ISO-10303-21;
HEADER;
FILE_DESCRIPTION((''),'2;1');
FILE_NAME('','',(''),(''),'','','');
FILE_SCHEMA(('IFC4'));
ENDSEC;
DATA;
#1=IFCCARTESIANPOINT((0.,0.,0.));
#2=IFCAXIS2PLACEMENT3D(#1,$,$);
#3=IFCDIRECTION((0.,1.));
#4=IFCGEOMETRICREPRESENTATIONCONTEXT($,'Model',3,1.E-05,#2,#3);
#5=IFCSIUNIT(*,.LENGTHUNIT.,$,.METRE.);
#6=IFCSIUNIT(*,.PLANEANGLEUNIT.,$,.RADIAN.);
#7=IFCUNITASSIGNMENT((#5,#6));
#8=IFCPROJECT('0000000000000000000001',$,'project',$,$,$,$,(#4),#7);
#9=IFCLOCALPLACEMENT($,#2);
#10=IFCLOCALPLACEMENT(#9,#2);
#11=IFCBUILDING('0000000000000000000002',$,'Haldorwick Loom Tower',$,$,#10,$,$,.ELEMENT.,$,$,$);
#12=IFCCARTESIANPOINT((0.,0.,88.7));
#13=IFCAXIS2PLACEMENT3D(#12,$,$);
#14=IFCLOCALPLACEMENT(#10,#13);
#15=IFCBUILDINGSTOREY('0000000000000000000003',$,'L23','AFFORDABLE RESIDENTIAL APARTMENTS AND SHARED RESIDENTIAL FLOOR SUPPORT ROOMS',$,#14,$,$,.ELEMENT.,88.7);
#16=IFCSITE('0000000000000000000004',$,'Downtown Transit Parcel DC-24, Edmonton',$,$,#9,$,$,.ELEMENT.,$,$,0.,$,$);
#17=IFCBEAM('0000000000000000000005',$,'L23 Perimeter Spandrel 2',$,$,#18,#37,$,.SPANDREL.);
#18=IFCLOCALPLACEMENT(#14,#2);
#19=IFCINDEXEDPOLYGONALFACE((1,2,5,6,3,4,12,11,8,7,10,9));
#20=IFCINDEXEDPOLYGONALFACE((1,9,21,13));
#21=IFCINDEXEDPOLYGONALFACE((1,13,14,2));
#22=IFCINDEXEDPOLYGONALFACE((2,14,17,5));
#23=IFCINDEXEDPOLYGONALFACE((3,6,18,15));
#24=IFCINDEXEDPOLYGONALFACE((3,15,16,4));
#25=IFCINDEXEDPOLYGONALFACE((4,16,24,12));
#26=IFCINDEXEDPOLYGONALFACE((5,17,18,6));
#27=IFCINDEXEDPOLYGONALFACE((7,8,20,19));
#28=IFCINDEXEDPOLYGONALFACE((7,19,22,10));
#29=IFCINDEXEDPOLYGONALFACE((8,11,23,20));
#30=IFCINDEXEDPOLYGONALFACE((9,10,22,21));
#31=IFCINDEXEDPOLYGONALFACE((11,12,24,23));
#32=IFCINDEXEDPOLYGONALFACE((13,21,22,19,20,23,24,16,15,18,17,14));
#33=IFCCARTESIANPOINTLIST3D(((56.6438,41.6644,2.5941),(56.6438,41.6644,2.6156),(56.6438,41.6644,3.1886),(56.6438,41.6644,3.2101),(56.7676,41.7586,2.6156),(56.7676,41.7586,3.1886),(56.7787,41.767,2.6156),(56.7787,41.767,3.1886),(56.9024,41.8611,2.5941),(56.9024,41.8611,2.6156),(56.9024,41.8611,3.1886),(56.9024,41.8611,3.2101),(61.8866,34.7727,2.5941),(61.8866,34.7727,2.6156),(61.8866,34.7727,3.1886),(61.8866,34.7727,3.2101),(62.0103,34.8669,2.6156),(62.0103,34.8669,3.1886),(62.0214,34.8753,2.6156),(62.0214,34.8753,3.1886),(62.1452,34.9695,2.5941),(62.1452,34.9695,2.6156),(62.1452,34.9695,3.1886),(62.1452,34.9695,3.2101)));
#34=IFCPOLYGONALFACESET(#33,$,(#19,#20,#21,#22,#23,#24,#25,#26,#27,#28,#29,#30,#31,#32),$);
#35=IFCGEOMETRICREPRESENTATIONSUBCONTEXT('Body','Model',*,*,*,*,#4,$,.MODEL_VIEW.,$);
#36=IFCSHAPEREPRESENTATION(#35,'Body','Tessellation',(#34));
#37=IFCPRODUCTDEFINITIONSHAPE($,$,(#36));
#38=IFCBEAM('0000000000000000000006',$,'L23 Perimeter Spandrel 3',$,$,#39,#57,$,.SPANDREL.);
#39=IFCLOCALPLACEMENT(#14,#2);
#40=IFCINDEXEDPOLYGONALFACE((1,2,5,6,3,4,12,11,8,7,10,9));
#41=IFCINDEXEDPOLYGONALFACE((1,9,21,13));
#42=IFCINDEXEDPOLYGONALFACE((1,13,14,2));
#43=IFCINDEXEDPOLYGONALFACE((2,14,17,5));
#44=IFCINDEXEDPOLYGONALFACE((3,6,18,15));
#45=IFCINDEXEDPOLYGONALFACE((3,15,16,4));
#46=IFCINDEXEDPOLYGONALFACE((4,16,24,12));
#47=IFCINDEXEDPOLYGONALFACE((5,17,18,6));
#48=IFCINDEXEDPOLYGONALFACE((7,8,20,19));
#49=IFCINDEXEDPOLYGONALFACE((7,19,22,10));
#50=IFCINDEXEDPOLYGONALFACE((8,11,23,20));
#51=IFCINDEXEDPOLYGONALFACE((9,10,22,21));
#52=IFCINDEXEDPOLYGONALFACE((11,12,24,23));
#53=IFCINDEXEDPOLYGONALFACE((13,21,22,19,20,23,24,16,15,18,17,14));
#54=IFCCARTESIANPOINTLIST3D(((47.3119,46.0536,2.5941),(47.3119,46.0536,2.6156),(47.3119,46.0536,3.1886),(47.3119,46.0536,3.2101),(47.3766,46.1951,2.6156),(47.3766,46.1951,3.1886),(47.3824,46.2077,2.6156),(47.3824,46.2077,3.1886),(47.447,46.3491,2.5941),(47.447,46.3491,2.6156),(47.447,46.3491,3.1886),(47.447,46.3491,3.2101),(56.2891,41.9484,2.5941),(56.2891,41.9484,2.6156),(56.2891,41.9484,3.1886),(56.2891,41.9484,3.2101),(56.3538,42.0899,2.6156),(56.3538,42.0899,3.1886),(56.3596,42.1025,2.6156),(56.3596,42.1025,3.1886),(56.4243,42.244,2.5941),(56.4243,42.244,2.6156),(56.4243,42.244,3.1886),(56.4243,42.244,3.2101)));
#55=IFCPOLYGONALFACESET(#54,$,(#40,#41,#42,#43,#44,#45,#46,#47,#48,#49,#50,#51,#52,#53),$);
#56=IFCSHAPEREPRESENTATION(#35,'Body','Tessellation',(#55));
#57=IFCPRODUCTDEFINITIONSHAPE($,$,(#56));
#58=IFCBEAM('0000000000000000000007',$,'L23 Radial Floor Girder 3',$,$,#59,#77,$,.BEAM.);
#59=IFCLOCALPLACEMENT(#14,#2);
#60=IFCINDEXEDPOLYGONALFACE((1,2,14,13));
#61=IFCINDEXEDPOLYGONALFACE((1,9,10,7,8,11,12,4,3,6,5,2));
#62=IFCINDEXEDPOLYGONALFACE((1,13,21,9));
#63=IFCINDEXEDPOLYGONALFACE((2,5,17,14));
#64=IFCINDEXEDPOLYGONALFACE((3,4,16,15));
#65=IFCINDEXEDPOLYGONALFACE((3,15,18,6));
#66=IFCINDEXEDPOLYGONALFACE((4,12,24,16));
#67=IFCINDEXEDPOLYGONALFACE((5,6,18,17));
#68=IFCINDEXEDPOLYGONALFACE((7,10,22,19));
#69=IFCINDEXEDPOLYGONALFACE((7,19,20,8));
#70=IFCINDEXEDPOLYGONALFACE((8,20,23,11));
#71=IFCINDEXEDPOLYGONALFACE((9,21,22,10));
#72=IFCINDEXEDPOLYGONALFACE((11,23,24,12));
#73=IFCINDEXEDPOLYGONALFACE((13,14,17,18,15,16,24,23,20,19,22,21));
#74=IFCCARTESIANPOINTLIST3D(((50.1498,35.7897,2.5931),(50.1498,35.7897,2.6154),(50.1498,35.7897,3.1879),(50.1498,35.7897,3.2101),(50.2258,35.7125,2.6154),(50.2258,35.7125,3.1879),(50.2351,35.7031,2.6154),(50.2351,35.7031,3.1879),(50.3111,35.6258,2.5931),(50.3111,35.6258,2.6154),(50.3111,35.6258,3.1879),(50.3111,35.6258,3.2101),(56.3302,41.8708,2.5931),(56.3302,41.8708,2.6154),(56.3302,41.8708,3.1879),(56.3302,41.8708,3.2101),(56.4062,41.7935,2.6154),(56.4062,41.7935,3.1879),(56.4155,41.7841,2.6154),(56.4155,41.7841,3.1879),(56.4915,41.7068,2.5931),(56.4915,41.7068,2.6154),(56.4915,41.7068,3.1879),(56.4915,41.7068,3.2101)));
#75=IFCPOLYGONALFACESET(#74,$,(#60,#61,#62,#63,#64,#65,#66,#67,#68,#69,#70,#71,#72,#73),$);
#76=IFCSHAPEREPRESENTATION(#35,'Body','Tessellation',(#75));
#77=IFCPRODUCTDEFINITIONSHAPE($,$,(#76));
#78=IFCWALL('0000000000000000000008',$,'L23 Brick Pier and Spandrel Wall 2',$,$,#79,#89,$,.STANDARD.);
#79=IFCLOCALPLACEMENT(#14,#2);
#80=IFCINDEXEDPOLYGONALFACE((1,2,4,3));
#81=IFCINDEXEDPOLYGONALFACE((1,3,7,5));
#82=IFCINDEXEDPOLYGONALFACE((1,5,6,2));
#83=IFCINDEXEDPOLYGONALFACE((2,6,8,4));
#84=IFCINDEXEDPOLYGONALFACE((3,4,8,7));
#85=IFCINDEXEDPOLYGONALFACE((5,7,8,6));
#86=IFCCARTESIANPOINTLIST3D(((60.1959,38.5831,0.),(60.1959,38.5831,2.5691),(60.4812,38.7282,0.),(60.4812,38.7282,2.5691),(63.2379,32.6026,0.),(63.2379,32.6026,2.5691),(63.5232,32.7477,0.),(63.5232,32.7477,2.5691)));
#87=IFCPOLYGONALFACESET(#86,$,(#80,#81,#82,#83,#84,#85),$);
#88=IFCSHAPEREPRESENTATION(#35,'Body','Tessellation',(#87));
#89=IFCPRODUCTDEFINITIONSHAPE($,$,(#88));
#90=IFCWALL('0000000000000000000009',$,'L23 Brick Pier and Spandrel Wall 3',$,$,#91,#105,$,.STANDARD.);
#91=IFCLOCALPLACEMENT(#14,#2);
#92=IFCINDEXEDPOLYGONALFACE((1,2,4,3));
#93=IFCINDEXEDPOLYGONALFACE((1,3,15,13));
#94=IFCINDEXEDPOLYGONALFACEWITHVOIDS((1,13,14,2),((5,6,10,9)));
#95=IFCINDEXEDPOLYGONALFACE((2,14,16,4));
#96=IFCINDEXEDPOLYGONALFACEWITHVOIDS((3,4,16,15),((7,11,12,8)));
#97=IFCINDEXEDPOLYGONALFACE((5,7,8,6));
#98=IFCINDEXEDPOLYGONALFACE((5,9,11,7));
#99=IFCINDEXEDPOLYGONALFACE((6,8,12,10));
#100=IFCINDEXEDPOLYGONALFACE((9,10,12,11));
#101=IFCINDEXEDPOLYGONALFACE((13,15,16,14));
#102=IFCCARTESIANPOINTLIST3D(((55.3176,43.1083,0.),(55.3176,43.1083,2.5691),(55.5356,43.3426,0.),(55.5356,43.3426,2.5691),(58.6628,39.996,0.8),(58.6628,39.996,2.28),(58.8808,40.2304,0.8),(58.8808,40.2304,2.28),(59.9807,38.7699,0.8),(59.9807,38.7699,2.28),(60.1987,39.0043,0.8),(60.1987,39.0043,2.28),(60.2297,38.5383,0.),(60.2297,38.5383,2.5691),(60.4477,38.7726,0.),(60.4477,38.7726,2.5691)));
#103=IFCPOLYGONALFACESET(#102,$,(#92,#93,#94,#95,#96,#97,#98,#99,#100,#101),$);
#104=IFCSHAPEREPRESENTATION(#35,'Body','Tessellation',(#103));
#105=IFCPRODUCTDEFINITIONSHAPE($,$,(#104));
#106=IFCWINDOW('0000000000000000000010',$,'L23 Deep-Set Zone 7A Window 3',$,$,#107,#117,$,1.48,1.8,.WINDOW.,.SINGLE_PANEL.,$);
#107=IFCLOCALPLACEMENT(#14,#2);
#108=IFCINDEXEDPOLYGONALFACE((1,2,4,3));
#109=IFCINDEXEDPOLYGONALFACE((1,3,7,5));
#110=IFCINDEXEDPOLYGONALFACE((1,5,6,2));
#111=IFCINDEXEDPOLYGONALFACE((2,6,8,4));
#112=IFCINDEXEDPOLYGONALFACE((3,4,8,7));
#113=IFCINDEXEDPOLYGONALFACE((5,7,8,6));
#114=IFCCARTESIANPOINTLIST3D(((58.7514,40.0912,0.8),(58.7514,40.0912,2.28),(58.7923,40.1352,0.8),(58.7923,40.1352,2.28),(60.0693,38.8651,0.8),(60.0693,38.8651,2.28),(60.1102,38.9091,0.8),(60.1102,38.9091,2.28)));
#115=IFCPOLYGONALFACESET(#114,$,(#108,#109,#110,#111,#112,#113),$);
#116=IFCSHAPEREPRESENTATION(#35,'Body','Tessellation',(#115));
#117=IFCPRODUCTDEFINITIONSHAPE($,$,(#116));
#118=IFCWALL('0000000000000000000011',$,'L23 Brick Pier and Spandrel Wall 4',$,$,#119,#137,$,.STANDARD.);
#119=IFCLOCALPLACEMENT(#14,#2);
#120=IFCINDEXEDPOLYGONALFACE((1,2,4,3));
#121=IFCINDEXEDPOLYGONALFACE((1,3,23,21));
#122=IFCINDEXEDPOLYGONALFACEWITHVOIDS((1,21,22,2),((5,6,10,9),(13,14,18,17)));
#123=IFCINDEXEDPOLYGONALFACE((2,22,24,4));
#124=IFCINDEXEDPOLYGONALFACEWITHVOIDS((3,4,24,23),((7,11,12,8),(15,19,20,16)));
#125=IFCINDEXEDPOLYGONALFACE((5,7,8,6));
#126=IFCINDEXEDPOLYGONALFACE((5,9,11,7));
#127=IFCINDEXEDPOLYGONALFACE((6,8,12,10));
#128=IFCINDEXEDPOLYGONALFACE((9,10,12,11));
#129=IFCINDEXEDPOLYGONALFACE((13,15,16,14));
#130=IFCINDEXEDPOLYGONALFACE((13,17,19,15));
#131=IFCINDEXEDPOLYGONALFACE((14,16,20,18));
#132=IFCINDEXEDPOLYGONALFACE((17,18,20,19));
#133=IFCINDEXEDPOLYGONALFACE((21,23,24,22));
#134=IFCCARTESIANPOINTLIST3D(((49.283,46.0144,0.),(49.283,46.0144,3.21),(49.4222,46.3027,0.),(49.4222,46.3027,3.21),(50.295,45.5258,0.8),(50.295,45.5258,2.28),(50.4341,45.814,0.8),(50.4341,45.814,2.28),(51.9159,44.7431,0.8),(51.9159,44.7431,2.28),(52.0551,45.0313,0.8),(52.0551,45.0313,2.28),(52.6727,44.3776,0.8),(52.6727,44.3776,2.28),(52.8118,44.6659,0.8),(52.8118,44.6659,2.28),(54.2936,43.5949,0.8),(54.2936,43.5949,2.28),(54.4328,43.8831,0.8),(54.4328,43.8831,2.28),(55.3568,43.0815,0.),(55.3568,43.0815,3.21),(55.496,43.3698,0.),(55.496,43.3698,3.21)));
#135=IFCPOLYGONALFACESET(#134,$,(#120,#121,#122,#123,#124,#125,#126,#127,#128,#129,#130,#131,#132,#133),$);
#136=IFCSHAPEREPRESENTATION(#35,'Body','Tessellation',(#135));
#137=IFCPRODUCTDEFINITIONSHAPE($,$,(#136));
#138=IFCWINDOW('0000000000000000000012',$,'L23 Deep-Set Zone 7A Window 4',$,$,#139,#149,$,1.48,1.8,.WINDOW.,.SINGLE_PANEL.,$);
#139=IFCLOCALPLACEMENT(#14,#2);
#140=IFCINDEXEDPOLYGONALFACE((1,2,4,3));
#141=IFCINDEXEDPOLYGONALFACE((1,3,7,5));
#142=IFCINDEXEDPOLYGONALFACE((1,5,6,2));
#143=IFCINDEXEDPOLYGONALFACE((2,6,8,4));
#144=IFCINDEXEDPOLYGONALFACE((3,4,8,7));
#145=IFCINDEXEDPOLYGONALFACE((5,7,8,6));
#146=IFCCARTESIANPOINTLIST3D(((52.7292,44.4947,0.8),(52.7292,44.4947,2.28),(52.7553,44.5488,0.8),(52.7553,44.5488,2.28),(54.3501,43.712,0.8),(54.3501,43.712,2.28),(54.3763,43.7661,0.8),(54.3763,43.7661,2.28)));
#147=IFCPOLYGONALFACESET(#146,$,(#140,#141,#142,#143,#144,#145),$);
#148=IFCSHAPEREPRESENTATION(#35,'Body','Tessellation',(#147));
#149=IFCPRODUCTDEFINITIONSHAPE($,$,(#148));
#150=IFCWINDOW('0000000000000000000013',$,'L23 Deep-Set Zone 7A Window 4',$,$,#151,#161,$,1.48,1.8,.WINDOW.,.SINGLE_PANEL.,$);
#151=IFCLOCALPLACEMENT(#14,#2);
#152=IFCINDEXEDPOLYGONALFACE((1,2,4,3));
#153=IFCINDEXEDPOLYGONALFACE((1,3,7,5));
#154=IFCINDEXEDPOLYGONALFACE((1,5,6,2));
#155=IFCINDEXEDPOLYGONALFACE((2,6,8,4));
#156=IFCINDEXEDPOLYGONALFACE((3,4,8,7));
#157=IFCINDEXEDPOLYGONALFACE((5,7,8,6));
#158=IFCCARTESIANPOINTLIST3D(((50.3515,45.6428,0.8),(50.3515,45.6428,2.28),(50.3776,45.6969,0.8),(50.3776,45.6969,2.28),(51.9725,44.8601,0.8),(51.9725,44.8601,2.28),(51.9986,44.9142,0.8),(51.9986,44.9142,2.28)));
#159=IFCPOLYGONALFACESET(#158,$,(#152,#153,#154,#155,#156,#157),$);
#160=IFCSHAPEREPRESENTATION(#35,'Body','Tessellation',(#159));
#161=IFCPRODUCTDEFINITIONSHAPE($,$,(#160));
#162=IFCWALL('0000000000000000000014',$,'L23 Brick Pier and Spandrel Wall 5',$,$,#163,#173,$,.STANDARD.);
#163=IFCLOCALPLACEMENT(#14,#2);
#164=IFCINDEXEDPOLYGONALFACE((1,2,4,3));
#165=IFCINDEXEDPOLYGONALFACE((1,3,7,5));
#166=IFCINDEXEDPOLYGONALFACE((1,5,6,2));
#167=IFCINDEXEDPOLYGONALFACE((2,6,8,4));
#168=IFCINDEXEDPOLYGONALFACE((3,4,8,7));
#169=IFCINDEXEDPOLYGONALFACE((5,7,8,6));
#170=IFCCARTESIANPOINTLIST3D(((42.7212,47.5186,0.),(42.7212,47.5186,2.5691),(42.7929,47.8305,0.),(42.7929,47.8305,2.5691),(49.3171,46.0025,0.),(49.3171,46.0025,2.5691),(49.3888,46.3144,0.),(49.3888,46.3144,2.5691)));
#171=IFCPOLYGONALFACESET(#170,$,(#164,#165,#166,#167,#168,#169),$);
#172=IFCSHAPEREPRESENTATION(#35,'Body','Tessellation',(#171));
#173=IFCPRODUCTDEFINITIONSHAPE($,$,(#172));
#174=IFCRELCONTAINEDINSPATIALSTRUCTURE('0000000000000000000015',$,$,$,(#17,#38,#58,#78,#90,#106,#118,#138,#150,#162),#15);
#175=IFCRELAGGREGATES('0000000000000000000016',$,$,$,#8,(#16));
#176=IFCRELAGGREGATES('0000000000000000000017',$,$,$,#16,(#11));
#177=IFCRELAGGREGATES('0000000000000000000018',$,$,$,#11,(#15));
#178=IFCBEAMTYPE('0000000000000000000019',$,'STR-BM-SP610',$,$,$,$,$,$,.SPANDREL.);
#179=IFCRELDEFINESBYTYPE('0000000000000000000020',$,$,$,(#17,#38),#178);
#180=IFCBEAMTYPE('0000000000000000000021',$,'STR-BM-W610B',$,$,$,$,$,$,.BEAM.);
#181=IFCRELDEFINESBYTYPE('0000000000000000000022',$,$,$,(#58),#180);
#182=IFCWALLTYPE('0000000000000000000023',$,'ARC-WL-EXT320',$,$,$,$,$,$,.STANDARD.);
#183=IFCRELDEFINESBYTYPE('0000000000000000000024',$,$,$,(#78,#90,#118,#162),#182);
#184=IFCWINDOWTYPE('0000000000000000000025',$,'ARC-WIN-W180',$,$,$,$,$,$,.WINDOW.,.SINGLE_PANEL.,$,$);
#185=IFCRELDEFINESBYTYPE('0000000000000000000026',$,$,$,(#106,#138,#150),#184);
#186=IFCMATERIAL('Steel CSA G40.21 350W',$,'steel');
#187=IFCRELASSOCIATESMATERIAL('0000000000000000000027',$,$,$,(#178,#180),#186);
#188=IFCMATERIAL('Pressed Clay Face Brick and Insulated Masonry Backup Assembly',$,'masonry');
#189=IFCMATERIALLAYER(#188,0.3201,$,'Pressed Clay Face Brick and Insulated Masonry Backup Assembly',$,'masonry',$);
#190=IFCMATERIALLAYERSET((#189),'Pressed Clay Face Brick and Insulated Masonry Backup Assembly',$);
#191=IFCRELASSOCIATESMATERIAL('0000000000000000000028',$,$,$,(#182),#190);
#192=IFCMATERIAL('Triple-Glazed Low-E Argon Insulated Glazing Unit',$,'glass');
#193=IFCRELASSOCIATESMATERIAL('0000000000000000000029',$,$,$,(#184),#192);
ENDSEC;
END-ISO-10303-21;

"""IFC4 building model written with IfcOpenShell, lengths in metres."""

from ifc_helpers import new_model, si_unit, direction, frame, frame_2d, origin, origin_2d, place, context, subcontext, project, spatial, rectangle, i_section, extrude, material, layer, layer_set, material_profile, profile_set, type_object, element, fill, save


model = new_model("IFC4")

# Units and contexts
model_context = context("Model", 3, precision=1e-05, world=origin(), true_north=direction((0.0, 1.0)))
body_context = subcontext(model_context, "Body", "Model", "MODEL_VIEW")
ifc_project = project(units=[si_unit("LENGTHUNIT", "METRE"), si_unit("PLANEANGLEUNIT", "RADIAN")], contexts=[model_context])

# Site, building, storey
site_placement = place(None, origin())
site = spatial("IfcSite", under=ifc_project, at=site_placement, Name="Downtown Transit Parcel DC-24, Edmonton", CompositionType="ELEMENT", RefElevation=0.0)
building_placement = place(site_placement, origin())
building = spatial("IfcBuilding", under=site, at=building_placement, Name="Haldorwick Loom Tower", CompositionType="ELEMENT")
storey_placement = place(building_placement, frame((0.0, 0.0, 88.7)))
storey = spatial("IfcBuildingStorey", under=building, at=storey_placement, Name="L23", Description="AFFORDABLE RESIDENTIAL APARTMENTS AND SHARED RESIDENTIAL FLOOR SUPPORT ROOMS", CompositionType="ELEMENT", Elevation=88.7)

# Beams
ifc_material_1 = material(Name="Steel CSA G40.21 350W", Category="steel")
ifc_material_profile_1 = material_profile(ifc_material_1, i_section(OverallWidth=0.325, OverallDepth=0.616, WebThickness=0.0139, FlangeThickness=0.0215, at=origin_2d()), Name="W610X174", Category="steel")
ifc_profile_set_1 = profile_set([ifc_material_profile_1], Name="Steel CSA G40.21 350W")
beam_type_1 = type_object("IfcBeamType", Name="STR-BM-SP610", PredefinedType="SPANDREL", material=ifc_profile_set_1)
beam_1_placement = place(storey_placement, frame((62.0159, 34.8711, 2.9021), z_axis=(-0.605454, 0.795881, 0.0), x_axis=(-0.795881, -0.605454, 0.0)))
element("IfcBeam", 1, at=beam_1_placement, inside=storey, type_object=beam_type_1, Name="L23 Perimeter Spandrel 2", PredefinedType="SPANDREL", context=body_context, shape_type="SweptSolid", body=[
    extrude(i_section(OverallWidth=0.325, OverallDepth=0.616, WebThickness=0.0139, FlangeThickness=0.0215, at=origin_2d()), origin(), (0.0, 0.0, 1.0), 8.6592),
])
beam_2_placement = place(storey_placement, frame((56.3567, 42.0962, 2.9021), z_axis=(-0.909424, 0.41587, 0.0), x_axis=(-0.41587, -0.909424, 0.0)))
element("IfcBeam", 2, at=beam_2_placement, inside=storey, type_object=beam_type_1, Name="L23 Perimeter Spandrel 3", PredefinedType="SPANDREL", context=body_context, shape_type="SweptSolid", body=[
    extrude(i_section(OverallWidth=0.325, OverallDepth=0.616, WebThickness=0.0139, FlangeThickness=0.0215, at=origin_2d()), origin(), (0.0, 0.0, 1.0), 9.8713),
])
ifc_material_profile_2 = material_profile(ifc_material_1, i_section(OverallWidth=0.23, OverallDepth=0.6169, WebThickness=0.0132, FlangeThickness=0.0222, at=origin_2d()), Name="W610X140", Category="steel")
ifc_profile_set_2 = profile_set([ifc_material_profile_2], Name="Steel CSA G40.21 350W")
beam_type_2 = type_object("IfcBeamType", Name="STR-BM-W610B", PredefinedType="BEAM", material=ifc_profile_set_2)
beam_3_placement = place(storey_placement, frame((50.2305, 35.7078, 2.9016), z_axis=(0.712814, 0.701353, 0.0), x_axis=(-0.701353, 0.712814, 0.0)))
element("IfcBeam", 3, at=beam_3_placement, inside=storey, type_object=beam_type_2, Name="L23 Radial Floor Girder 3", PredefinedType="BEAM", context=body_context, shape_type="SweptSolid", body=[
    extrude(i_section(OverallWidth=0.23, OverallDepth=0.6169, WebThickness=0.0132, FlangeThickness=0.0222, at=origin_2d()), origin(), (0.0, 0.0, 1.0), 8.6704),
])

# Wall
ifc_material_2 = material(Name="Pressed Clay Face Brick and Insulated Masonry Backup Assembly", Category="masonry")
ifc_layer_1 = layer(ifc_material_2, 0.3201, Name="Pressed Clay Face Brick and Insulated Masonry Backup Assembly", Category="masonry")
ifc_layer_set_1 = layer_set([ifc_layer_1], Name="Pressed Clay Face Brick and Insulated Masonry Backup Assembly")
wall_type_1 = type_object("IfcWallType", Name="ARC-WL-EXT320", PredefinedType="STANDARD", material=ifc_layer_set_1)
wall_1_placement = place(storey_placement, frame((63.3806, 32.675, 0.0), z_axis=(0.0, 0.0, 1.0), x_axis=(-0.453374, 0.89132, 0.0)))
element("IfcWall", 4, at=wall_1_placement, inside=storey, type_object=wall_type_1, Name="L23 Brick Pier and Spandrel Wall 2", PredefinedType="STANDARD", context=body_context, shape_type="SweptSolid", body=[
    extrude(rectangle(XDim=6.7097, YDim=0.3201, at=frame_2d((3.355, 0.0))), origin(), (0.0, 0.0, 1.0), 2.5691),
])

# Wall, opening, window
wall_2_placement = place(storey_placement, frame((60.3386, 38.6555, 0.0), z_axis=(0.0, 0.0, 1.0), x_axis=(-0.732137, 0.681157, 0.0)))
wall_2 = element("IfcWall", 5, at=wall_2_placement, inside=storey, type_object=wall_type_1, Name="L23 Brick Pier and Spandrel Wall 3", PredefinedType="STANDARD", context=body_context, shape_type="SweptSolid", body=[
    extrude(rectangle(XDim=6.7092, YDim=0.3201, at=frame_2d((3.3545, 0.0))), origin(), (0.0, 0.0, 1.0), 2.5691),
])
opening_1_placement = place(wall_2_placement, frame((0.3401, 0.0, 0.8)))
opening_1 = element("IfcOpeningElement", 6, at=opening_1_placement, cuts=wall_2, PredefinedType="OPENING", context=body_context, shape_type="SweptSolid", body=[
    extrude(rectangle(XDim=1.8, YDim=1.48, at=frame_2d((0.8999, 0.74))), frame((0.0, 0.1699, 0.0), z_axis=(0.0, -1.0, 0.0), x_axis=(1.0, 0.0, 0.0)), (0.0, 0.0, 1.0), 0.3401),
])
ifc_material_3 = material(Name="Triple-Glazed Low-E Argon Insulated Glazing Unit", Category="glass")
window_type = type_object("IfcWindowType", Name="ARC-WIN-W180", PartitioningType="SINGLE_PANEL", PredefinedType="WINDOW", material=ifc_material_3)
window_1_placement = place(opening_1_placement, origin())
window_1 = element("IfcWindow", 7, at=window_1_placement, inside=storey, type_object=window_type, Name="L23 Deep-Set Zone 7A Window 3", OverallHeight=1.48, OverallWidth=1.8, PartitioningType="SINGLE_PANEL", PredefinedType="WINDOW", context=body_context, shape_type="SweptSolid", body=[
    extrude(rectangle(XDim=1.8, YDim=1.48, at=frame_2d((0.8999, 0.74))), frame((0.0, 0.03, 0.0), z_axis=(0.0, -1.0, 0.0), x_axis=(1.0, 0.0, 0.0)), (0.0, 0.0, 1.0), 0.0601),
])
fill(opening_1, window_1)

# Wall, openings, windows
wall_3_placement = place(storey_placement, frame((55.4265, 43.2256, 0.0), z_axis=(0.0, 0.0, 1.0), x_axis=(-0.90051, 0.434835, 0.0)))
wall_3 = element("IfcWall", 8, at=wall_3_placement, inside=storey, type_object=wall_type_1, Name="L23 Brick Pier and Spandrel Wall 4", PredefinedType="STANDARD", context=body_context, shape_type="SweptSolid", body=[
    extrude(rectangle(XDim=6.7449, YDim=0.3201, at=frame_2d((3.3726, 0.0))), origin(), (0.0, 0.0, 1.0), 3.21),
])
opening_2_placement = place(wall_3_placement, frame((1.1809, 0.0, 0.8)))
opening_2 = element("IfcOpeningElement", 9, at=opening_2_placement, cuts=wall_3, PredefinedType="OPENING", context=body_context, shape_type="SweptSolid", body=[
    extrude(rectangle(XDim=1.8, YDim=1.48, at=frame_2d((0.8999, 0.74))), frame((0.0, 0.1699, 0.0), z_axis=(0.0, -1.0, 0.0), x_axis=(1.0, 0.0, 0.0)), (0.0, 0.0, 1.0), 0.3401),
])
opening_3_placement = place(wall_3_placement, frame((3.8213, 0.0, 0.8)))
opening_3 = element("IfcOpeningElement", 10, at=opening_3_placement, cuts=wall_3, PredefinedType="OPENING", context=body_context, shape_type="SweptSolid", body=[
    extrude(rectangle(XDim=1.8, YDim=1.48, at=frame_2d((0.8999, 0.74))), frame((0.0, 0.1699, 0.0), z_axis=(0.0, -1.0, 0.0), x_axis=(1.0, 0.0, 0.0)), (0.0, 0.0, 1.0), 0.3401),
])
window_2_placement = place(opening_2_placement, origin())
window_2 = element("IfcWindow", 11, at=window_2_placement, inside=storey, type_object=window_type, Name="L23 Deep-Set Zone 7A Window 4", OverallHeight=1.48, OverallWidth=1.8, PartitioningType="SINGLE_PANEL", PredefinedType="WINDOW", context=body_context, shape_type="SweptSolid", body=[
    extrude(rectangle(XDim=1.8, YDim=1.48, at=frame_2d((0.8999, 0.74))), frame((0.0, 0.03, 0.0), z_axis=(0.0, -1.0, 0.0), x_axis=(1.0, 0.0, 0.0)), (0.0, 0.0, 1.0), 0.0601),
])
fill(opening_2, window_2)
window_3_placement = place(opening_3_placement, origin())
window_3 = element("IfcWindow", 12, at=window_3_placement, inside=storey, type_object=window_type, Name="L23 Deep-Set Zone 7A Window 4", OverallHeight=1.48, OverallWidth=1.8, PartitioningType="SINGLE_PANEL", PredefinedType="WINDOW", context=body_context, shape_type="SweptSolid", body=[
    extrude(rectangle(XDim=1.8, YDim=1.48, at=frame_2d((0.8999, 0.74))), frame((0.0, 0.03, 0.0), z_axis=(0.0, -1.0, 0.0), x_axis=(1.0, 0.0, 0.0)), (0.0, 0.0, 1.0), 0.0601),
])
fill(opening_3, window_3)

# Wall
wall_4_placement = place(storey_placement, frame((49.3528, 46.1584, 0.0), z_axis=(0.0, 0.0, 1.0), x_axis=(-0.974584, 0.224022, 0.0)))
element("IfcWall", 13, at=wall_4_placement, inside=storey, type_object=wall_type_1, Name="L23 Brick Pier and Spandrel Wall 5", PredefinedType="STANDARD", context=body_context, shape_type="SweptSolid", body=[
    extrude(rectangle(XDim=6.7678, YDim=0.3201, at=frame_2d((3.3838, 0.0))), origin(), (0.0, 0.0, 1.0), 2.5691),
])

save(model, "model.ifc")
